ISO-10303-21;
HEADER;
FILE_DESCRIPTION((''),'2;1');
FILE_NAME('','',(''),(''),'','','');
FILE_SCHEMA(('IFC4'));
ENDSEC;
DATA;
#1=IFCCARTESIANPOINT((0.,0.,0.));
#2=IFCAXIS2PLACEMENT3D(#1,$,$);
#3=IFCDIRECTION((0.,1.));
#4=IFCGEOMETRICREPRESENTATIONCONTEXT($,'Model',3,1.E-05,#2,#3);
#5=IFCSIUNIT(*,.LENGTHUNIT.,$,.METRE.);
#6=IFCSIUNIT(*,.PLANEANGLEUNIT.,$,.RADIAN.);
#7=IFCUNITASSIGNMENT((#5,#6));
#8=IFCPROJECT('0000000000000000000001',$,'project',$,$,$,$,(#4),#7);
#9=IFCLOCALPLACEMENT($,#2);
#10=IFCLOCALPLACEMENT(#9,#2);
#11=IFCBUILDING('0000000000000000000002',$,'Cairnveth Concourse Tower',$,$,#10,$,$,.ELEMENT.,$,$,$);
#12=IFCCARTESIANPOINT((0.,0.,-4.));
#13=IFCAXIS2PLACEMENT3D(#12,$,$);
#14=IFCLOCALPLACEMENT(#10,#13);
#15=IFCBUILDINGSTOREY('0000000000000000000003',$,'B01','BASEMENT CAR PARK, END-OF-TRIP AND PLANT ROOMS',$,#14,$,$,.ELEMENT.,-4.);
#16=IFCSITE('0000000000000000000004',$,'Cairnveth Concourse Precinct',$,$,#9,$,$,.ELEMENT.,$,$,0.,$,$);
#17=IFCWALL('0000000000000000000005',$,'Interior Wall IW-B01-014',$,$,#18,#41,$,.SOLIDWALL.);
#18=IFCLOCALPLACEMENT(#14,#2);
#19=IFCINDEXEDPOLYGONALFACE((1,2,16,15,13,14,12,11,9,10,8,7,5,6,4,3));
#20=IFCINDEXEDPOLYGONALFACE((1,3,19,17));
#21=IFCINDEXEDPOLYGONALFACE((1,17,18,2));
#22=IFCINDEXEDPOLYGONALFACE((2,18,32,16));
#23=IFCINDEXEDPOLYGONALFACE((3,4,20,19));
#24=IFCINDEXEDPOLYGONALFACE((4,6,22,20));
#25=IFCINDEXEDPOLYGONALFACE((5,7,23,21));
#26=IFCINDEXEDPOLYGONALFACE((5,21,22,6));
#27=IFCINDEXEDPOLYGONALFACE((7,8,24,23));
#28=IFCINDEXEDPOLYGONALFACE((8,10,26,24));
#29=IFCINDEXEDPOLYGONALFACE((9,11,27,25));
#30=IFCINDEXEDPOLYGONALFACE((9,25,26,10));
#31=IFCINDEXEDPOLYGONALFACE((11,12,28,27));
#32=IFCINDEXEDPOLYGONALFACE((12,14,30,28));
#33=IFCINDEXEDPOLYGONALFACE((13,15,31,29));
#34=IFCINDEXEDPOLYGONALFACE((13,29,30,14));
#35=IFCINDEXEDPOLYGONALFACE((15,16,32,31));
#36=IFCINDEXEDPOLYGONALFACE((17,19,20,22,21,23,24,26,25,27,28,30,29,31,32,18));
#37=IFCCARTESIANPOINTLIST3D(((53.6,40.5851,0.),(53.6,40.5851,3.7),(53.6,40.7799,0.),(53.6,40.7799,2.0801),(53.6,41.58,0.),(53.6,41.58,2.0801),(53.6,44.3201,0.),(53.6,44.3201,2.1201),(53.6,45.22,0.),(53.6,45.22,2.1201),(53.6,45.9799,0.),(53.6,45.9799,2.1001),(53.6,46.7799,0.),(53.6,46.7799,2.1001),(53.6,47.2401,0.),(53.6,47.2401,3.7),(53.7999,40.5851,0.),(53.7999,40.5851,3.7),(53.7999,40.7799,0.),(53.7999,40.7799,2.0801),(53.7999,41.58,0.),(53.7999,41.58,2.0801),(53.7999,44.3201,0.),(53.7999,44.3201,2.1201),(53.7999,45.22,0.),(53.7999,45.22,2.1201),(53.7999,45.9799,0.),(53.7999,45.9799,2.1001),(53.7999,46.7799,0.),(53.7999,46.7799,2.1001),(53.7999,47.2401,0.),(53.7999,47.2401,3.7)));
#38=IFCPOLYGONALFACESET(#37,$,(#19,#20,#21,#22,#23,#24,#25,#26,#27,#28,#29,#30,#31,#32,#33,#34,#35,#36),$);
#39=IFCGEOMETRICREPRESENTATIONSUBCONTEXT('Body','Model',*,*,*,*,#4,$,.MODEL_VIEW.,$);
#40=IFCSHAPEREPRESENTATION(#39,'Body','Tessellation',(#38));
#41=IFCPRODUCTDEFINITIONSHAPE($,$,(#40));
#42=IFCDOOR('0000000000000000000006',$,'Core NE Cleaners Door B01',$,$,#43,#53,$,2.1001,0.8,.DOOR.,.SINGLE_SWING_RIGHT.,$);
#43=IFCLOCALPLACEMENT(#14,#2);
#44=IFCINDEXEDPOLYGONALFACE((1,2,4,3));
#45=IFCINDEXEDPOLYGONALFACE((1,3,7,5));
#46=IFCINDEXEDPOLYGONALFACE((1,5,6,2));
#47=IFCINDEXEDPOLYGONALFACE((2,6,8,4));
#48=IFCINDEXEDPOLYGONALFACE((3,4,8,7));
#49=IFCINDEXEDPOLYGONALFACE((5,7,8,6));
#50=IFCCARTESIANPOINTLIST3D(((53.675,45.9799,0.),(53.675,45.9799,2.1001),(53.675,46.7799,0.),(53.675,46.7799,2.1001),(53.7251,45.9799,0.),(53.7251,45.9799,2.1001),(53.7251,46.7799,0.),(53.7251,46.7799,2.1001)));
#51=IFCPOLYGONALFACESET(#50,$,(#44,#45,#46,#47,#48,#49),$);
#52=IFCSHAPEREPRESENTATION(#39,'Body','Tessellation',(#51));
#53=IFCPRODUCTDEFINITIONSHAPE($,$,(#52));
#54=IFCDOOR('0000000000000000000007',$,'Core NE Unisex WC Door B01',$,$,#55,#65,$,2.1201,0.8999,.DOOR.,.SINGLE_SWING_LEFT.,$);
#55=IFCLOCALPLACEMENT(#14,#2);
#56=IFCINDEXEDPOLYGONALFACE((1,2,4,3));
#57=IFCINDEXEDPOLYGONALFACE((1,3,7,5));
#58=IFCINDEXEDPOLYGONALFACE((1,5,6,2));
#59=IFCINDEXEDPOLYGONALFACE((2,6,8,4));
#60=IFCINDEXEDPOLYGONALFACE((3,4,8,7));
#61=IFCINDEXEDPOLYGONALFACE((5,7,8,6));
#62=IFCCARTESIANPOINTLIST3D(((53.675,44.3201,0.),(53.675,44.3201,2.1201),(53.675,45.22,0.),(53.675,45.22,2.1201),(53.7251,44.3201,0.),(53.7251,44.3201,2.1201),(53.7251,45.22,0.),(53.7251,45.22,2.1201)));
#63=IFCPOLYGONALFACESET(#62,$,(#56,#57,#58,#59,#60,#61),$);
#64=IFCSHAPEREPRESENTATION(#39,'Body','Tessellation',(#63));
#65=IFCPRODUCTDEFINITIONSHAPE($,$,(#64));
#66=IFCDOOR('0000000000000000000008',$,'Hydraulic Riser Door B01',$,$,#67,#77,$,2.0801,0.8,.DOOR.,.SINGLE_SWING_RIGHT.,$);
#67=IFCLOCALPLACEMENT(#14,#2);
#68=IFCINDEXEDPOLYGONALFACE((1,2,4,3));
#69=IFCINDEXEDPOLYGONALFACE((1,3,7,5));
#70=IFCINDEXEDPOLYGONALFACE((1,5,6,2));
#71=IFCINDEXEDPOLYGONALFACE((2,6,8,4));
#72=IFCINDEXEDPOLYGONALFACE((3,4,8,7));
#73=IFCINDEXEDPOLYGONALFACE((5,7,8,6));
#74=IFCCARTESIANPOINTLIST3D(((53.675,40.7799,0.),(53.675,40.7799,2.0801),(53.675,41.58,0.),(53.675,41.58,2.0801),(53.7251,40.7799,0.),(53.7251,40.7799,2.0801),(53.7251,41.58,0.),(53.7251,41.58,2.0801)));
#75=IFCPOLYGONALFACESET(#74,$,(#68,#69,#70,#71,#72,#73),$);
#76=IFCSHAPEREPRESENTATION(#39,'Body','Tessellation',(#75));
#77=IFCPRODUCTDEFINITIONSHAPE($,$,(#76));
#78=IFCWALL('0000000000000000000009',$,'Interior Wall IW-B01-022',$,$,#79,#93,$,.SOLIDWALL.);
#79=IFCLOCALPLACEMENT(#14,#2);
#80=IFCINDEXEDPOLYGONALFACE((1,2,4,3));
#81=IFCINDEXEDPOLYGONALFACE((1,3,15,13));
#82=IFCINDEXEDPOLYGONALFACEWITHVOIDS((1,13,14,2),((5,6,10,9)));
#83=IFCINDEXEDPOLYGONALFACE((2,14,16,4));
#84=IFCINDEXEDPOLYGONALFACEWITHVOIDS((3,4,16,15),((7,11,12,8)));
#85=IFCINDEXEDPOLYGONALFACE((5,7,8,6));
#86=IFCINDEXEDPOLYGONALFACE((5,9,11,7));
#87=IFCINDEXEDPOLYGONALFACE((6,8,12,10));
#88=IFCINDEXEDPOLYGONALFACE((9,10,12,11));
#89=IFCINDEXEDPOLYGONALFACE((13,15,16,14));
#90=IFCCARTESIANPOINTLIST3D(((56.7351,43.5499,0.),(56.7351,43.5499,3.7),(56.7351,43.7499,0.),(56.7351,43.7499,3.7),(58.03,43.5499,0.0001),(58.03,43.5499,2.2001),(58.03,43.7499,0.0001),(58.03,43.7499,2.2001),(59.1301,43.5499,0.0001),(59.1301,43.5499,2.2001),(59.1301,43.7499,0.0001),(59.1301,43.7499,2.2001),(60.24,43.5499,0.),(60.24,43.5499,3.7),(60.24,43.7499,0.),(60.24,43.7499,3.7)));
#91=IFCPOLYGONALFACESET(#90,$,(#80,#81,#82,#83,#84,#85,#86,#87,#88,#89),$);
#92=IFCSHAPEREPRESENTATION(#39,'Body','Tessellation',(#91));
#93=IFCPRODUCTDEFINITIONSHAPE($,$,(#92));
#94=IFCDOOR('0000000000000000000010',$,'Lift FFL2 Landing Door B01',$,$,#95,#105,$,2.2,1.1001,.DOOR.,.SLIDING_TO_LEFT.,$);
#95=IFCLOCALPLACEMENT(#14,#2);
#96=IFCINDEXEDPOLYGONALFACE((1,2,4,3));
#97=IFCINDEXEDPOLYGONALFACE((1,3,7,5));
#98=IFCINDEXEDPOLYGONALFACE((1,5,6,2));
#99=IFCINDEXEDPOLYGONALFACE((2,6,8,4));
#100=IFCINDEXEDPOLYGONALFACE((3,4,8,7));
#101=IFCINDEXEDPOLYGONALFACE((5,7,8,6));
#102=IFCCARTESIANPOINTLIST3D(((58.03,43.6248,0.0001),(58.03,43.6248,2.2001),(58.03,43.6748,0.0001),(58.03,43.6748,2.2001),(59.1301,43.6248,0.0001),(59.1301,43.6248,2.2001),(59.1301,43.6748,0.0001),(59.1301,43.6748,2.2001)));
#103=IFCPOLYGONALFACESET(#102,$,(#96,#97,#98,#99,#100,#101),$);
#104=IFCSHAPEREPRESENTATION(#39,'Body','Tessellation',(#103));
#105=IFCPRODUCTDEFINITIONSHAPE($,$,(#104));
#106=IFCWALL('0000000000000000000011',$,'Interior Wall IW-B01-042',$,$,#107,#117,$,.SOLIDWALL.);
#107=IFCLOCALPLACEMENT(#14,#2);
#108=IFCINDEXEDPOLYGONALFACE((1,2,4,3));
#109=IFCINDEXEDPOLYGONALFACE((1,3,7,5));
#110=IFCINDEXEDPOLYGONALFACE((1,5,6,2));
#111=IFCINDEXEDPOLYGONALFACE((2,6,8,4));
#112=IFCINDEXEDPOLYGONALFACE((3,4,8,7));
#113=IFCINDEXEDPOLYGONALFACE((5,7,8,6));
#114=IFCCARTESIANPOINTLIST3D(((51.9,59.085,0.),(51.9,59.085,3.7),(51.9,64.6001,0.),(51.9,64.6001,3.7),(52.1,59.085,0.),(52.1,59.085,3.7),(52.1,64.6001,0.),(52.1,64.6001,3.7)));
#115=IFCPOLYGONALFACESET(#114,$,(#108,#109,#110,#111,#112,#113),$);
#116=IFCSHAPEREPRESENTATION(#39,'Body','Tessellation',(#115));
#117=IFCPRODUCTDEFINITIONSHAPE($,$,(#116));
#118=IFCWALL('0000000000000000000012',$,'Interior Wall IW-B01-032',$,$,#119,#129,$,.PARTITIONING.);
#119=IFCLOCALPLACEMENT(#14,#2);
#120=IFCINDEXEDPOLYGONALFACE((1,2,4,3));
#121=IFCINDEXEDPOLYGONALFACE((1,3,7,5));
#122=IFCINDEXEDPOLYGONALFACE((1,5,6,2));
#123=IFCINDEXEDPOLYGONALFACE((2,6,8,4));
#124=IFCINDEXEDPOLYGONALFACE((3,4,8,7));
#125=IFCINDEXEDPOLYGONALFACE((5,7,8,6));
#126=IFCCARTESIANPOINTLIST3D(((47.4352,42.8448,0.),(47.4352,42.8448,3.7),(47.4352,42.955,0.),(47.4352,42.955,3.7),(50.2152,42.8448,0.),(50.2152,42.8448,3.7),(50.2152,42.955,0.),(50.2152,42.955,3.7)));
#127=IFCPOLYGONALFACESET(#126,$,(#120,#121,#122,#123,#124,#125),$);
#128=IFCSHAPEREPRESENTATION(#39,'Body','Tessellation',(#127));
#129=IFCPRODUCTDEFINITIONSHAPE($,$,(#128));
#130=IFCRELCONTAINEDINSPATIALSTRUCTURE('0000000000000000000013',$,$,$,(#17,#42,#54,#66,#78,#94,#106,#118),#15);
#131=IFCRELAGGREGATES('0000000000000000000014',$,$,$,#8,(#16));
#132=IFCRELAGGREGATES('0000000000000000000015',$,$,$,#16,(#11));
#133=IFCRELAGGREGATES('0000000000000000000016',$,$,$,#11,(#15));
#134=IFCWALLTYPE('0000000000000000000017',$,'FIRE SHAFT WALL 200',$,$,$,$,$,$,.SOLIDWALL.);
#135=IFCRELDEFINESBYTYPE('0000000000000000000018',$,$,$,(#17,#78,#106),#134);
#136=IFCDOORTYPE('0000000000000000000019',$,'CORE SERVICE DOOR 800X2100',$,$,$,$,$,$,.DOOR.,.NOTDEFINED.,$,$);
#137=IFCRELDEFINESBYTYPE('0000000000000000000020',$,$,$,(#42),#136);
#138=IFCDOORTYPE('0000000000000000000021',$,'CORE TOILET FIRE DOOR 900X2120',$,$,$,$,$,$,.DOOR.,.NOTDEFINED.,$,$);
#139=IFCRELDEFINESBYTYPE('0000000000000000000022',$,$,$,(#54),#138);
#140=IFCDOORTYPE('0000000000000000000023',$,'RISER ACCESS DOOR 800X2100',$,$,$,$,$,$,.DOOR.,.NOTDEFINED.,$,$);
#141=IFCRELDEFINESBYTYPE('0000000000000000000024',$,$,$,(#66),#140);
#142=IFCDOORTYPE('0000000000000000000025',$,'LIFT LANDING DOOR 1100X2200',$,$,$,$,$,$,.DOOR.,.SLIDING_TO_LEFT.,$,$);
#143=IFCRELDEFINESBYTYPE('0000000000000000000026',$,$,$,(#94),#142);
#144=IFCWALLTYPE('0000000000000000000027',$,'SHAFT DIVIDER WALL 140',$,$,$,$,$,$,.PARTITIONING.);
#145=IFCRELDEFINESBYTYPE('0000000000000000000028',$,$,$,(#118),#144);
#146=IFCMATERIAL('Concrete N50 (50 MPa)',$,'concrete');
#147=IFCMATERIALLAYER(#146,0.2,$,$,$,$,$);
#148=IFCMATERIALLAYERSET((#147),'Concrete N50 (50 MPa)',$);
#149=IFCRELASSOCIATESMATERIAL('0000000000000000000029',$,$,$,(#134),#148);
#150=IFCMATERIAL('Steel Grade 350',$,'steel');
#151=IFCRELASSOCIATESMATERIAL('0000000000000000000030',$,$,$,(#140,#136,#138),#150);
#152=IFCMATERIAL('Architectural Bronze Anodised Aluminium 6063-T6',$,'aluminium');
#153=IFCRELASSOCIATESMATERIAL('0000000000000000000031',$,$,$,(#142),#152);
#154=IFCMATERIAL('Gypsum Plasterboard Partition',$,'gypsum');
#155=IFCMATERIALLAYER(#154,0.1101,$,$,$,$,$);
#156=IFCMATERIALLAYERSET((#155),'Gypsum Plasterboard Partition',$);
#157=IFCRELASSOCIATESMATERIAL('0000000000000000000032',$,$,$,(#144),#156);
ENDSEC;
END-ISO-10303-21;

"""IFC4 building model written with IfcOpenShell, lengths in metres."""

from ifc_helpers import new_model, si_unit, direction, frame, frame_2d, origin, place, context, subcontext, project, spatial, rectangle, extrude, material, layer, layer_set, type_object, element, fill, save


model = new_model("IFC4")

# Units and contexts
model_context = context("Model", 3, precision=1e-05, world=origin(), true_north=direction((0.0, 1.0)))
body_context = subcontext(model_context, "Body", "Model", "MODEL_VIEW")
ifc_project = project(units=[si_unit("LENGTHUNIT", "METRE"), si_unit("PLANEANGLEUNIT", "RADIAN")], contexts=[model_context])

# Site, building, storey
site_placement = place(None, origin())
site = spatial("IfcSite", under=ifc_project, at=site_placement, Name="Cairnveth Concourse Precinct", CompositionType="ELEMENT", RefElevation=0.0)
building_placement = place(site_placement, origin())
building = spatial("IfcBuilding", under=site, at=building_placement, Name="Cairnveth Concourse Tower", CompositionType="ELEMENT")
storey_placement = place(building_placement, frame((0.0, 0.0, -4.0)))
storey = spatial("IfcBuildingStorey", under=building, at=storey_placement, Name="B01", Description="BASEMENT CAR PARK, END-OF-TRIP AND PLANT ROOMS", CompositionType="ELEMENT", Elevation=-4.0)

# Shared definitions
ifc_material_1 = material(Name="Steel Grade 350", Category="steel")

# Shared definitions
ifc_material_2 = material(Name="Gypsum Plasterboard Partition", Category="gypsum")
ifc_material_3 = material(Name="Concrete N50 (50 MPa)", Category="concrete")
ifc_layer_1 = layer(ifc_material_3, 0.2)
ifc_layer_set_1 = layer_set([ifc_layer_1], Name="Concrete N50 (50 MPa)")
wall_type_1 = type_object("IfcWallType", Name="FIRE SHAFT WALL 200", PredefinedType="SOLIDWALL", material=ifc_layer_set_1)

# Shared definitions
door_type_1 = type_object("IfcDoorType", Name="RISER ACCESS DOOR 800X2100", OperationType="NOTDEFINED", PredefinedType="DOOR", material=ifc_material_1)

# Wall, openings, doors
wall_1_placement = place(storey_placement, frame((53.7, 40.585, 0.0), z_axis=(0.0, 0.0, 1.0), x_axis=(0.0, 1.0, 0.0)))
wall_1 = element("IfcWall", 1, at=wall_1_placement, inside=storey, type_object=wall_type_1, Name="Interior Wall IW-B01-014", PredefinedType="SOLIDWALL", context=body_context, shape_type="SweptSolid", body=[
    extrude(rectangle(XDim=6.655, YDim=0.2, at=frame_2d((3.3276, 0.0))), origin(), (0.0, 0.0, 1.0), 3.7),
])
opening_1_placement = place(wall_1_placement, frame((0.1951, 0.0, 0.0)))
opening_1 = element("IfcOpeningElement", 2, at=opening_1_placement, cuts=wall_1, PredefinedType="OPENING", context=body_context, shape_type="SweptSolid", body=[
    extrude(rectangle(XDim=0.8, YDim=2.0801, at=frame_2d((0.3999, 1.04))), frame((0.0, 0.1099, 0.0), z_axis=(0.0, -1.0, 0.0), x_axis=(1.0, 0.0, 0.0)), (0.0, 0.0, 1.0), 0.22),
])
opening_2_placement = place(wall_1_placement, frame((3.7351, 0.0, 0.0)))
opening_2 = element("IfcOpeningElement", 3, at=opening_2_placement, cuts=wall_1, PredefinedType="OPENING", context=body_context, shape_type="SweptSolid", body=[
    extrude(rectangle(XDim=0.8999, YDim=2.1201, at=frame_2d((0.45, 1.0601))), frame((0.0, 0.1099, 0.0), z_axis=(0.0, -1.0, 0.0), x_axis=(1.0, 0.0, 0.0)), (0.0, 0.0, 1.0), 0.22),
])
opening_3_placement = place(wall_1_placement, frame((5.395, 0.0, 0.0)))
opening_3 = element("IfcOpeningElement", 4, at=opening_3_placement, cuts=wall_1, PredefinedType="OPENING", context=body_context, shape_type="SweptSolid", body=[
    extrude(rectangle(XDim=0.8, YDim=2.1001, at=frame_2d((0.3999, 1.05))), frame((0.0, 0.1099, 0.0), z_axis=(0.0, -1.0, 0.0), x_axis=(1.0, 0.0, 0.0)), (0.0, 0.0, 1.0), 0.22),
])
door_type_2 = type_object("IfcDoorType", Name="CORE SERVICE DOOR 800X2100", OperationType="NOTDEFINED", PredefinedType="DOOR", material=ifc_material_1)
door_1_placement = place(opening_3_placement, origin())
door_1 = element("IfcDoor", 5, at=door_1_placement, inside=storey, type_object=door_type_2, Name="Core NE Cleaners Door B01", OperationType="SINGLE_SWING_RIGHT", OverallHeight=2.1001, OverallWidth=0.8, PredefinedType="DOOR", context=body_context, shape_type="SweptSolid", body=[
    extrude(rectangle(XDim=0.8, YDim=2.1001, at=frame_2d((0.3999, 1.05))), frame((0.0, 0.0249, 0.0), z_axis=(0.0, -1.0, 0.0), x_axis=(1.0, 0.0, 0.0)), (0.0, 0.0, 1.0), 0.05),
])
fill(opening_3, door_1)
door_type_3 = type_object("IfcDoorType", Name="CORE TOILET FIRE DOOR 900X2120", OperationType="NOTDEFINED", PredefinedType="DOOR", material=ifc_material_1)
door_2_placement = place(opening_2_placement, origin())
door_2 = element("IfcDoor", 6, at=door_2_placement, inside=storey, type_object=door_type_3, Name="Core NE Unisex WC Door B01", OperationType="SINGLE_SWING_LEFT", OverallHeight=2.1201, OverallWidth=0.8999, PredefinedType="DOOR", context=body_context, shape_type="SweptSolid", body=[
    extrude(rectangle(XDim=0.8999, YDim=2.1201, at=frame_2d((0.45, 1.0601))), frame((0.0, 0.0249, 0.0), z_axis=(0.0, -1.0, 0.0), x_axis=(1.0, 0.0, 0.0)), (0.0, 0.0, 1.0), 0.05),
])
fill(opening_2, door_2)
door_3_placement = place(opening_1_placement, origin())
door_3 = element("IfcDoor", 7, at=door_3_placement, inside=storey, type_object=door_type_1, Name="Hydraulic Riser Door B01", OperationType="SINGLE_SWING_RIGHT", OverallHeight=2.0801, OverallWidth=0.8, PredefinedType="DOOR", context=body_context, shape_type="SweptSolid", body=[
    extrude(rectangle(XDim=0.8, YDim=2.0801, at=frame_2d((0.3999, 1.04))), frame((0.0, 0.0249, 0.0), z_axis=(0.0, -1.0, 0.0), x_axis=(1.0, 0.0, 0.0)), (0.0, 0.0, 1.0), 0.05),
])
fill(opening_1, door_3)

# Wall, opening, door
wall_2_placement = place(storey_placement, frame((56.7351, 43.6499, 0.0), z_axis=(0.0, 0.0, 1.0), x_axis=(1.0, 0.0, 0.0)))
wall_2 = element("IfcWall", 8, at=wall_2_placement, inside=storey, type_object=wall_type_1, Name="Interior Wall IW-B01-022", PredefinedType="SOLIDWALL", context=body_context, shape_type="SweptSolid", body=[
    extrude(rectangle(XDim=3.5049, YDim=0.2, at=frame_2d((1.7524, 0.0))), origin(), (0.0, 0.0, 1.0), 3.7),
])
opening_4_placement = place(wall_2_placement, frame((1.2949, 0.0, 0.0)))
opening_4 = element("IfcOpeningElement", 9, at=opening_4_placement, cuts=wall_2, PredefinedType="OPENING", context=body_context, shape_type="SweptSolid", body=[
    extrude(rectangle(XDim=1.1001, YDim=2.2, at=frame_2d((0.55, 1.1001))), frame((0.0, 0.1099, 0.0), z_axis=(0.0, -1.0, 0.0), x_axis=(1.0, 0.0, 0.0)), (0.0, 0.0, 1.0), 0.22),
])
ifc_material_4 = material(Name="Architectural Bronze Anodised Aluminium 6063-T6", Category="aluminium")
door_type_4 = type_object("IfcDoorType", Name="LIFT LANDING DOOR 1100X2200", OperationType="SLIDING_TO_LEFT", PredefinedType="DOOR", material=ifc_material_4)
door_4_placement = place(opening_4_placement, origin())
door_4 = element("IfcDoor", 10, at=door_4_placement, inside=storey, type_object=door_type_4, Name="Lift FFL2 Landing Door B01", OperationType="SLIDING_TO_LEFT", OverallHeight=2.2, OverallWidth=1.1001, PredefinedType="DOOR", context=body_context, shape_type="SweptSolid", body=[
    extrude(rectangle(XDim=1.1001, YDim=2.2, at=frame_2d((0.55, 1.1001))), frame((0.0, 0.0249, 0.0), z_axis=(0.0, -1.0, 0.0), x_axis=(1.0, 0.0, 0.0)), (0.0, 0.0, 1.0), 0.05),
])
fill(opening_4, door_4)

# Walls
wall_3_placement = place(storey_placement, frame((52.0, 59.085, 0.0), z_axis=(0.0, 0.0, 1.0), x_axis=(0.0, 1.0, 0.0)))
element("IfcWall", 11, at=wall_3_placement, inside=storey, type_object=wall_type_1, Name="Interior Wall IW-B01-042", PredefinedType="SOLIDWALL", context=body_context, shape_type="SweptSolid", body=[
    extrude(rectangle(XDim=5.5151, YDim=0.2, at=frame_2d((2.7576, 0.0))), origin(), (0.0, 0.0, 1.0), 3.7),
])
ifc_layer_2 = layer(ifc_material_2, 0.1101)
ifc_layer_set_2 = layer_set([ifc_layer_2], Name="Gypsum Plasterboard Partition")
wall_type_2 = type_object("IfcWallType", Name="SHAFT DIVIDER WALL 140", PredefinedType="PARTITIONING", material=ifc_layer_set_2)
wall_4_placement = place(storey_placement, frame((47.4351, 42.8999, 0.0), z_axis=(0.0, 0.0, 1.0), x_axis=(1.0, 0.0, 0.0)))
element("IfcWall", 12, at=wall_4_placement, inside=storey, type_object=wall_type_2, Name="Interior Wall IW-B01-032", PredefinedType="PARTITIONING", context=body_context, shape_type="SweptSolid", body=[
    extrude(rectangle(XDim=2.78, YDim=0.1101, at=frame_2d((1.3901, 0.0))), origin(), (0.0, 0.0, 1.0), 3.7),
])

save(model, "model.ifc")
